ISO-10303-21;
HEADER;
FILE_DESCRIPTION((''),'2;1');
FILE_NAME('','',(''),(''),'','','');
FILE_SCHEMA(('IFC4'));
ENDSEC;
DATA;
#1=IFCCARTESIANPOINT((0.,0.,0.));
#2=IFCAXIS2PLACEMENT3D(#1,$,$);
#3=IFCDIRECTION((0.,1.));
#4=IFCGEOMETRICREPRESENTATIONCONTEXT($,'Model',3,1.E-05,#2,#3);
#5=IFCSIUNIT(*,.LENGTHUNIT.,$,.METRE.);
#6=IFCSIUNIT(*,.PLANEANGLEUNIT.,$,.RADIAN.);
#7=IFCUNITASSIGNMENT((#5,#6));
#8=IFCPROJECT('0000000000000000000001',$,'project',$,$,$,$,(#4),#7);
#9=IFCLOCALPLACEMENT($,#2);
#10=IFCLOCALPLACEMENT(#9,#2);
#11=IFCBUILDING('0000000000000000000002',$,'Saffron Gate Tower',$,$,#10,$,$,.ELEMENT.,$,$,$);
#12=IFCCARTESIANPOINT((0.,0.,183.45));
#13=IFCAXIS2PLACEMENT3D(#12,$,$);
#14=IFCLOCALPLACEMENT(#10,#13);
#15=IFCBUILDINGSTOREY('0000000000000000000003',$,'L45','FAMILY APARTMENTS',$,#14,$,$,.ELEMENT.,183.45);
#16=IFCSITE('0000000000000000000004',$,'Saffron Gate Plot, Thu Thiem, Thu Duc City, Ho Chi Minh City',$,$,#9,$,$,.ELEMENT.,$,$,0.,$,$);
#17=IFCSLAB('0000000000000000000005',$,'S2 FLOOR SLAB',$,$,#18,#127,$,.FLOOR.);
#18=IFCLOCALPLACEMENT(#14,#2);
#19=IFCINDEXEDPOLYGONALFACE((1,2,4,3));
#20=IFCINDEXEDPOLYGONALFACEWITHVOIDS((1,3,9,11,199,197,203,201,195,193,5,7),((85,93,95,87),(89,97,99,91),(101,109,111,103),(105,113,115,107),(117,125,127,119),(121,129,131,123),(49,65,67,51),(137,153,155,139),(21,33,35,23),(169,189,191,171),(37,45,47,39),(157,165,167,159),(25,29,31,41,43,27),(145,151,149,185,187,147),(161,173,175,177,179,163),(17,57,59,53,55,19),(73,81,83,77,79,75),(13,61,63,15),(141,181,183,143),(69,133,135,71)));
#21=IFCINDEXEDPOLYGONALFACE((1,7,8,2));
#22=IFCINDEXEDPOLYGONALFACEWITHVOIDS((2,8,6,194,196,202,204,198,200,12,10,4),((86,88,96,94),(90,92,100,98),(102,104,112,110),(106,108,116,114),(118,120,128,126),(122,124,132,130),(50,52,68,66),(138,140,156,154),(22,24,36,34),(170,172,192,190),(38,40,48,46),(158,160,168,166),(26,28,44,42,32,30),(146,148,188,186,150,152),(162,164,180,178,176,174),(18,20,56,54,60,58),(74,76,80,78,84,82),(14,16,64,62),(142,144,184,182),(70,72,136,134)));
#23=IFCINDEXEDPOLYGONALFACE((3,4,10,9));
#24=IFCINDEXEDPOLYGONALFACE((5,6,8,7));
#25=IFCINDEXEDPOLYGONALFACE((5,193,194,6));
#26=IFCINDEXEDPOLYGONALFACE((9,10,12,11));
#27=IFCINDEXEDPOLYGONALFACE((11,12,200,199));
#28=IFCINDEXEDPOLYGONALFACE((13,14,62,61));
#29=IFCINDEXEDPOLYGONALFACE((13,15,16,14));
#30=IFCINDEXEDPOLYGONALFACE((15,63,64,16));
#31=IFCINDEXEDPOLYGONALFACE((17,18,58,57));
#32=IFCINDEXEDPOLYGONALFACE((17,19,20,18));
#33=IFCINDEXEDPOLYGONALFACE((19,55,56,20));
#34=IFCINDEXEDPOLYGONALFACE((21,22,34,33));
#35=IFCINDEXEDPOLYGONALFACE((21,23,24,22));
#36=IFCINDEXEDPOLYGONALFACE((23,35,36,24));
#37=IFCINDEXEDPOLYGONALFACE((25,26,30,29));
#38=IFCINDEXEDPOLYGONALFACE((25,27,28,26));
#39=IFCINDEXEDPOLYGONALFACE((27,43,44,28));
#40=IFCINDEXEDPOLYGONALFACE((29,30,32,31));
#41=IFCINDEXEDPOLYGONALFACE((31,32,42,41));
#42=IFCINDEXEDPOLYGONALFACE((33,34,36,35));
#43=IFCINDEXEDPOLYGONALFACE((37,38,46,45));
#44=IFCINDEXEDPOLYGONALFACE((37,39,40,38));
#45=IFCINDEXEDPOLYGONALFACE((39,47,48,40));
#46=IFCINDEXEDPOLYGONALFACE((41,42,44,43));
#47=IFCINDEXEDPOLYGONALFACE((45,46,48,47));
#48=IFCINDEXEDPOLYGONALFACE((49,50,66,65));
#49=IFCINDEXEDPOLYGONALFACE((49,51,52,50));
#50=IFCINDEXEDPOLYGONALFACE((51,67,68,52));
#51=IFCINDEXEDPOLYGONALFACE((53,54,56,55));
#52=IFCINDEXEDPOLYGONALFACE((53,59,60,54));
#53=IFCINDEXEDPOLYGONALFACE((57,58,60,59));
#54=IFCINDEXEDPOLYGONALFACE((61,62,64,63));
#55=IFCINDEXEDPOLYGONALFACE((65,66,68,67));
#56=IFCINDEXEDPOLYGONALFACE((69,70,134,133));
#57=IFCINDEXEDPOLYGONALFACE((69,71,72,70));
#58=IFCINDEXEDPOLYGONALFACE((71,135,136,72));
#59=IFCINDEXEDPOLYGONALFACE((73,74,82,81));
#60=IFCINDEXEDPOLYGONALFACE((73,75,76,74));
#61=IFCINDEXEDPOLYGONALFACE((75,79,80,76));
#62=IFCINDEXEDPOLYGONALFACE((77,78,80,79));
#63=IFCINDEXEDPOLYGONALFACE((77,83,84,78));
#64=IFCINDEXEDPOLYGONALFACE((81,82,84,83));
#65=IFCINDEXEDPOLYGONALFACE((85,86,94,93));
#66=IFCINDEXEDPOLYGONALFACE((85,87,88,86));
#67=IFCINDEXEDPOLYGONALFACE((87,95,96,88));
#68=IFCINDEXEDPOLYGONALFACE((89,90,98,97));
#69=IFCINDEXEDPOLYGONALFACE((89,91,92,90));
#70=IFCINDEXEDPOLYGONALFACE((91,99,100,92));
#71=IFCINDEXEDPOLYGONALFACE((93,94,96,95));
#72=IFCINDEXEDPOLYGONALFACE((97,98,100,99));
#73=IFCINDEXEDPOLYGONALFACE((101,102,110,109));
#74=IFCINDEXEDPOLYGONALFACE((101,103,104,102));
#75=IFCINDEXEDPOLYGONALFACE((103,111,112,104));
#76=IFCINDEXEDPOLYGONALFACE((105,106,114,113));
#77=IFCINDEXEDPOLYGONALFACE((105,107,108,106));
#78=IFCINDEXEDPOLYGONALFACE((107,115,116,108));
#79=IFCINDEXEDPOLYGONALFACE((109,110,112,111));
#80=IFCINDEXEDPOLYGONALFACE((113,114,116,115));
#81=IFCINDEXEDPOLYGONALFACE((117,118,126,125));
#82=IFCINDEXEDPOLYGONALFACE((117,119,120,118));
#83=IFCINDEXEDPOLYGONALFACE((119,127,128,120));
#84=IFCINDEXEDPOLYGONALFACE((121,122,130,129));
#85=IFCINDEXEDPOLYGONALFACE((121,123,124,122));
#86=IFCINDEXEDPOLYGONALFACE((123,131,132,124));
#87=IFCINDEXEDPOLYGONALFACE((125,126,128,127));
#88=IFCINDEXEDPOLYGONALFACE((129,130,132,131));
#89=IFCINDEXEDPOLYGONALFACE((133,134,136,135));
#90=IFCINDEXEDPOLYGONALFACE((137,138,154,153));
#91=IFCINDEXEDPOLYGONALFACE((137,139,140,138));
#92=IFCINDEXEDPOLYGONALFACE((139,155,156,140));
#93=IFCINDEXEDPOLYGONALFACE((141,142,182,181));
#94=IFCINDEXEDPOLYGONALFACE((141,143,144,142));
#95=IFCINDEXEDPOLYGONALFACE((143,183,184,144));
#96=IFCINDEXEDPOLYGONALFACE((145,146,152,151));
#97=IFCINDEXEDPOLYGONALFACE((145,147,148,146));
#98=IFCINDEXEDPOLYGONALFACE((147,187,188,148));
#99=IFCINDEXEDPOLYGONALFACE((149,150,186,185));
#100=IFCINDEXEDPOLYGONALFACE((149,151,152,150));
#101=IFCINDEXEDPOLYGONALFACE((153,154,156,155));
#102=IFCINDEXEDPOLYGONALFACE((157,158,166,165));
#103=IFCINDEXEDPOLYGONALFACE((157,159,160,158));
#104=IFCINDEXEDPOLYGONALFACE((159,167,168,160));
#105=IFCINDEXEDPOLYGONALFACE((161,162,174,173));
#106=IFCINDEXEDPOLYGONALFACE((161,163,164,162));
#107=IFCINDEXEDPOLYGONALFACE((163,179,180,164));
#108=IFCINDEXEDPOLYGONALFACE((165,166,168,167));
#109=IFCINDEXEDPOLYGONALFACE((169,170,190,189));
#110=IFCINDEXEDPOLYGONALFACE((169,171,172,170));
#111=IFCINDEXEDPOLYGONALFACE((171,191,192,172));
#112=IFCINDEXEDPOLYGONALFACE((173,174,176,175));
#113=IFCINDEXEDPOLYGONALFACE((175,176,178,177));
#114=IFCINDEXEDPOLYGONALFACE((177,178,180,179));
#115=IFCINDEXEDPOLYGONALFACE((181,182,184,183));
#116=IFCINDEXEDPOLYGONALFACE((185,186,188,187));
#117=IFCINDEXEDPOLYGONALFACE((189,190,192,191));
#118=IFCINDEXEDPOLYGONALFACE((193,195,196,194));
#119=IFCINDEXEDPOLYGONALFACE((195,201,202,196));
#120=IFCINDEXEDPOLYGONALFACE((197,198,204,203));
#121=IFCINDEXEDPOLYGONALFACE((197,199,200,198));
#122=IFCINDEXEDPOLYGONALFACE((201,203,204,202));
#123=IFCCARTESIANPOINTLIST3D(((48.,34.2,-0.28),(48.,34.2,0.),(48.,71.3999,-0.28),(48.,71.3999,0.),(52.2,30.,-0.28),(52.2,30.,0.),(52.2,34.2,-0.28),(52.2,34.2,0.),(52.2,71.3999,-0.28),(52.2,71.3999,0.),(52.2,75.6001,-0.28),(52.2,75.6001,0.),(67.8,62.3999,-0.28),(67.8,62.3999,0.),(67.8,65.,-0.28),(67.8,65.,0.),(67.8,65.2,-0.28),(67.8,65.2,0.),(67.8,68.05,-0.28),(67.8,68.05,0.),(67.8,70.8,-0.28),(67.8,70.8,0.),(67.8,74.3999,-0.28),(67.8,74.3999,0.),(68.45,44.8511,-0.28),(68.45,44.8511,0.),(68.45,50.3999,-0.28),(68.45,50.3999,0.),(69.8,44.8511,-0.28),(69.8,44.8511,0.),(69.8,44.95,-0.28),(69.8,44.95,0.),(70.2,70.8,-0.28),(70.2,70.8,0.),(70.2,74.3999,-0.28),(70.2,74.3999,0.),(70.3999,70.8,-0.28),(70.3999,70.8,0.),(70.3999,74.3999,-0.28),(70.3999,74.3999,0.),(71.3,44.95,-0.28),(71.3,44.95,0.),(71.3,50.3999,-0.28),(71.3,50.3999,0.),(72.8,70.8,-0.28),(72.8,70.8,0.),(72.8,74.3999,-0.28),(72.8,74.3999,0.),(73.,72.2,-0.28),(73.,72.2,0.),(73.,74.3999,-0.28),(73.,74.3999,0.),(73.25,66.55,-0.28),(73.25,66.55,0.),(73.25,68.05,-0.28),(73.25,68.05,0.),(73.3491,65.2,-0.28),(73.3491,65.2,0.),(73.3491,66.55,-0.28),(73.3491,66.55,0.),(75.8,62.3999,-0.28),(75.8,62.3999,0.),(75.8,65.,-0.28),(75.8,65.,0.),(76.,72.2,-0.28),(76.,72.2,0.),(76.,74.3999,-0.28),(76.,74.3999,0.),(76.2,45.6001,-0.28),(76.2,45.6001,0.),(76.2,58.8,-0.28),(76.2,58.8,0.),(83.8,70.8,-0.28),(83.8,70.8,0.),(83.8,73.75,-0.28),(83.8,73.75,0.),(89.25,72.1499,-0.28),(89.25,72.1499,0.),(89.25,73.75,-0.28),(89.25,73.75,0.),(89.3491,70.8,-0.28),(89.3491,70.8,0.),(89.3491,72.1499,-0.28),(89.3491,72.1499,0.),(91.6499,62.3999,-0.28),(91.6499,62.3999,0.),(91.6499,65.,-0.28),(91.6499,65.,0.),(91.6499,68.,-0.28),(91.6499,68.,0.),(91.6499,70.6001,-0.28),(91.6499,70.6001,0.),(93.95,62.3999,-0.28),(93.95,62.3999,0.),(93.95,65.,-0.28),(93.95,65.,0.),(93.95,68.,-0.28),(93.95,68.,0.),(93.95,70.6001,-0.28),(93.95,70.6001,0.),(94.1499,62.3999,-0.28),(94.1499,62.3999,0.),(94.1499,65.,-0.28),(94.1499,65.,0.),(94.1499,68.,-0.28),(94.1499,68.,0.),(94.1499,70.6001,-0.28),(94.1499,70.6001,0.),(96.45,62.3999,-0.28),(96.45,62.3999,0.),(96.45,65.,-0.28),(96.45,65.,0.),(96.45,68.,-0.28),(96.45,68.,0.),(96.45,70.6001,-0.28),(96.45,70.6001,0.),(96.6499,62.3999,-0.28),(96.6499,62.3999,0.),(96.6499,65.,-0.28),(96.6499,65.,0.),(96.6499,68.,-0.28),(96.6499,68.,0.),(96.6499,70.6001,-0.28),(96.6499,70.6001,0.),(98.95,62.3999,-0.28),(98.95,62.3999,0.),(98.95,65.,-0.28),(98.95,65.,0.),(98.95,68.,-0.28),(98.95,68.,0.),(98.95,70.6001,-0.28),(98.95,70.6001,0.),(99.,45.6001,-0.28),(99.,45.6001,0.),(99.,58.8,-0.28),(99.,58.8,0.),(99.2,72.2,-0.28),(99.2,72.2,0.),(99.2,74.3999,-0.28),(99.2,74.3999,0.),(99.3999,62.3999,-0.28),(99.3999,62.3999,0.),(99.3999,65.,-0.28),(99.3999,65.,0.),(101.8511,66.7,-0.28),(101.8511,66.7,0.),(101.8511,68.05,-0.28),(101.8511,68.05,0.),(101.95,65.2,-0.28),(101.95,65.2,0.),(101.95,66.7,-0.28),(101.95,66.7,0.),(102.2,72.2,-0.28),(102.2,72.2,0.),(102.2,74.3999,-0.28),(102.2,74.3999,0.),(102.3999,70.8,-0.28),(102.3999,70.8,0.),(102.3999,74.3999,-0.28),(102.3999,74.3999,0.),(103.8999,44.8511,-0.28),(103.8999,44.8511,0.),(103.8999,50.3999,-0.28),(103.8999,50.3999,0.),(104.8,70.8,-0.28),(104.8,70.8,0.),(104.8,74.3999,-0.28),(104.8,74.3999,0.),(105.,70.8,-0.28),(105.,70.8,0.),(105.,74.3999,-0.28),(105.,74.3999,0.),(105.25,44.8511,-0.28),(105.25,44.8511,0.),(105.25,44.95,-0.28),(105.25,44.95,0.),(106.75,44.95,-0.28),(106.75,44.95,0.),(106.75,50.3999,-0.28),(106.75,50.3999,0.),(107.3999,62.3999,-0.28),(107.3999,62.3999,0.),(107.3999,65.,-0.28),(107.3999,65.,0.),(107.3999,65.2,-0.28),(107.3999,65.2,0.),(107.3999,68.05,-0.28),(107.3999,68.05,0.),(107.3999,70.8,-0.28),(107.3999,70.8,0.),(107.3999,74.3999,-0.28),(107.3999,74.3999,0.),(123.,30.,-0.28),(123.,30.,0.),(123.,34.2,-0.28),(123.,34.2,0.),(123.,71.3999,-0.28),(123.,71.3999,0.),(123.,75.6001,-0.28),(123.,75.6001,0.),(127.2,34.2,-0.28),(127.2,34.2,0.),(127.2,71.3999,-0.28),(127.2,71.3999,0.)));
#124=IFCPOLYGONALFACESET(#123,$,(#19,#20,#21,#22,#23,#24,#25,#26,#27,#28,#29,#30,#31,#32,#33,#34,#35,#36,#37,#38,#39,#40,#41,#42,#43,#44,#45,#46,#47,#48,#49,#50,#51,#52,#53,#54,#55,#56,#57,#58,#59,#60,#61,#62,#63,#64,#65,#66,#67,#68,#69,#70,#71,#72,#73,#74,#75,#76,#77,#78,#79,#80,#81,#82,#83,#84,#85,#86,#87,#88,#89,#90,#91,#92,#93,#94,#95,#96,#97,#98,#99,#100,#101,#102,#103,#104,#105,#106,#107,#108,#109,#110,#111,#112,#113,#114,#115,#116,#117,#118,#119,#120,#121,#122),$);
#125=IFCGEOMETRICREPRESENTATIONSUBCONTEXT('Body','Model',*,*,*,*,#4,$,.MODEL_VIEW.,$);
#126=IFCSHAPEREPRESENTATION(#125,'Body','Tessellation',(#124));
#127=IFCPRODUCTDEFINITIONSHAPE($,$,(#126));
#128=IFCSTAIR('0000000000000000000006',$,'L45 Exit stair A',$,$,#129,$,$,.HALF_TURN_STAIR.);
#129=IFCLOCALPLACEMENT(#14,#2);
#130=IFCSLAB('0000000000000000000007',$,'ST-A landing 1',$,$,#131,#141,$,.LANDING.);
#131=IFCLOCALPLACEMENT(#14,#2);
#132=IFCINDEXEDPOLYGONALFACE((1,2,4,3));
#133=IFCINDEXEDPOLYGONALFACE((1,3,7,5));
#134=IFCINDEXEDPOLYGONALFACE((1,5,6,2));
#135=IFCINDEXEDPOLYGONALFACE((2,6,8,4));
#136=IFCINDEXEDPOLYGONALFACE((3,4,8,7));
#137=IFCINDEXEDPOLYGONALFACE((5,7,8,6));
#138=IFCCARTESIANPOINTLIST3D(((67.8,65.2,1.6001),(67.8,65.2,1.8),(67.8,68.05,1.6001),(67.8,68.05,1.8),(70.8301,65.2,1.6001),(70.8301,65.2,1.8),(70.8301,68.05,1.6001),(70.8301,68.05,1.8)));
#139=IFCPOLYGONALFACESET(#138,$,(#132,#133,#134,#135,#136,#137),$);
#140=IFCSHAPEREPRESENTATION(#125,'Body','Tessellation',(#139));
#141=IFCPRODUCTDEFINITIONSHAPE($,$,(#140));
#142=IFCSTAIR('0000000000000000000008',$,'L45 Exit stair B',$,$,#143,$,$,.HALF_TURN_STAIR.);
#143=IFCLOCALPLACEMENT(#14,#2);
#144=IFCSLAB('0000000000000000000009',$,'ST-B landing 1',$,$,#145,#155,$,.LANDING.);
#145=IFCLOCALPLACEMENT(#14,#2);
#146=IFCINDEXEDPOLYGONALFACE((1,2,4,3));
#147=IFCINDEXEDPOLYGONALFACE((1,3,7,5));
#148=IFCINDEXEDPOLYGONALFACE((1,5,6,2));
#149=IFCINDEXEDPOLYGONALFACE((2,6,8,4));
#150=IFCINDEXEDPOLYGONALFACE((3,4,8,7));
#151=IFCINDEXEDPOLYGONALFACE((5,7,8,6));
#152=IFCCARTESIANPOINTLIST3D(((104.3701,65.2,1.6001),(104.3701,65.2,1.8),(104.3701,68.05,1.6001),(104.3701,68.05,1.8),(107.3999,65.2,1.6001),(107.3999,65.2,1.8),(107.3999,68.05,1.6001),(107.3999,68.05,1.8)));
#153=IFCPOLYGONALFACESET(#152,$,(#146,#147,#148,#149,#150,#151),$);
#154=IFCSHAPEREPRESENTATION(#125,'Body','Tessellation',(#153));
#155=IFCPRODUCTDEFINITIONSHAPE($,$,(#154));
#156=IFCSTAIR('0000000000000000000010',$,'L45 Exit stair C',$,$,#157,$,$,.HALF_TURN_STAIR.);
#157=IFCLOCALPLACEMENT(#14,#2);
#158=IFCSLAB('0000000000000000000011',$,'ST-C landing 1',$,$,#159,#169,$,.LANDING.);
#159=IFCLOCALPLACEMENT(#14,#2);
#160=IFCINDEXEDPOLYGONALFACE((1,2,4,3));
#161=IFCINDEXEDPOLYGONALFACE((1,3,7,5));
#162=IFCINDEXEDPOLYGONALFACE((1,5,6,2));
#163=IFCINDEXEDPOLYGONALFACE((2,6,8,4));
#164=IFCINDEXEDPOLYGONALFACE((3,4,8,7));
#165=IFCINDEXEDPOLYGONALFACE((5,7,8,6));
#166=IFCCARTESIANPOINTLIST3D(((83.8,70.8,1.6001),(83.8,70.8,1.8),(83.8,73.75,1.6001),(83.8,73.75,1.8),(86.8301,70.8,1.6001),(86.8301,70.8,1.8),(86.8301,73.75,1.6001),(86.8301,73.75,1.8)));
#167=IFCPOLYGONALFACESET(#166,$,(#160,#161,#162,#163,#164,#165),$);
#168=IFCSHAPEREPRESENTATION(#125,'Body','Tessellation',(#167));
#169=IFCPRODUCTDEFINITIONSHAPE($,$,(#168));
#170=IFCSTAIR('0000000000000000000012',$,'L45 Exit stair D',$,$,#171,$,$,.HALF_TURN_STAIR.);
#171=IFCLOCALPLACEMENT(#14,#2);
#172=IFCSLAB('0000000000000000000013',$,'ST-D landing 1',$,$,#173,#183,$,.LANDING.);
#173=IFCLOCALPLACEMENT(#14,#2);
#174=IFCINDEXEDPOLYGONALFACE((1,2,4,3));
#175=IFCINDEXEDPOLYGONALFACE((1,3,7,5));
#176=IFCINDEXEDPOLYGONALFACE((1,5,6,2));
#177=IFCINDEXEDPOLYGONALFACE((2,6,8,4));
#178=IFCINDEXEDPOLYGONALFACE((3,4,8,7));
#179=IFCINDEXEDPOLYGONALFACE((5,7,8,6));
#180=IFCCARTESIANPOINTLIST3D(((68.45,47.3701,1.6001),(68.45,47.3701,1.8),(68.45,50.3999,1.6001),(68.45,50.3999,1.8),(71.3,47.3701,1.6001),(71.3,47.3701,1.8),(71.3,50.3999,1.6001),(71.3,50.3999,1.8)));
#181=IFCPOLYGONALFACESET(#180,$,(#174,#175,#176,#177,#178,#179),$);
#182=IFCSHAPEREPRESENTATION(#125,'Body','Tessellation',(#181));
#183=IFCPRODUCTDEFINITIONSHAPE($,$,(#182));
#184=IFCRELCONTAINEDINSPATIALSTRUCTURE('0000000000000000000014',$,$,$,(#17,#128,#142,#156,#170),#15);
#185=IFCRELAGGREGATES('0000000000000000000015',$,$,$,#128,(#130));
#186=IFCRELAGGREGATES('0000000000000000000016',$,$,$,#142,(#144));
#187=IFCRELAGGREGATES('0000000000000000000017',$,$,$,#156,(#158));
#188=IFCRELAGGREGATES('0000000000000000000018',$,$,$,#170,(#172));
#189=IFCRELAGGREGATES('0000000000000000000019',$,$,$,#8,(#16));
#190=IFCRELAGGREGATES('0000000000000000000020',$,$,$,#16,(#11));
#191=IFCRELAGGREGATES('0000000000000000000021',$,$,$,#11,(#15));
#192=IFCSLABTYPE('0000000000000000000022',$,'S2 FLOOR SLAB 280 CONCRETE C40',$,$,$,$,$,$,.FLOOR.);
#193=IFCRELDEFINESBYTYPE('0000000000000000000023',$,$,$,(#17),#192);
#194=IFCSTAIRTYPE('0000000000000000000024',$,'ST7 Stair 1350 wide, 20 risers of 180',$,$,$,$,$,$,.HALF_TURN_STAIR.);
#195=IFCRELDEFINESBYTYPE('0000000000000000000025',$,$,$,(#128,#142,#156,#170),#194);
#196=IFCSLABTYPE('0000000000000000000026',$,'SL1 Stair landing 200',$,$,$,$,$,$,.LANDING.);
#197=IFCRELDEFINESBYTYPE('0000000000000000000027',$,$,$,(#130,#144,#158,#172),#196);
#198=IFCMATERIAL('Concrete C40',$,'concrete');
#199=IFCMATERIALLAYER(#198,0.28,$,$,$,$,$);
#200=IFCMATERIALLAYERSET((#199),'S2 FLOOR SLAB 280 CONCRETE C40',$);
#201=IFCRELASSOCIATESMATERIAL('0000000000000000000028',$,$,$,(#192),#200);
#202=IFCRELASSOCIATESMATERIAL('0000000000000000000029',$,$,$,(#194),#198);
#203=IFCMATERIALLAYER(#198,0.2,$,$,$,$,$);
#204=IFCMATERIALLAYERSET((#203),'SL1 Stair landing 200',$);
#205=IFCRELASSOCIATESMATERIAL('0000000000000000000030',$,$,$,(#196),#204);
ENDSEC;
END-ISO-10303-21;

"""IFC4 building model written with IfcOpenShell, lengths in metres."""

from ifc_helpers import new_model, si_unit, direction, frame, origin, place, context, subcontext, project, spatial, polyline, outline, extrude, material, layer, layer_set, type_object, element, aggregate, save


model = new_model("IFC4")

# Units and contexts
model_context = context("Model", 3, precision=1e-05, world=origin(), true_north=direction((0.0, 1.0)))
body_context = subcontext(model_context, "Body", "Model", "MODEL_VIEW")
ifc_project = project(units=[si_unit("LENGTHUNIT", "METRE"), si_unit("PLANEANGLEUNIT", "RADIAN")], contexts=[model_context])

# Site, building, storey
site_placement = place(None, origin())
site = spatial("IfcSite", under=ifc_project, at=site_placement, Name="Saffron Gate Plot, Thu Thiem, Thu Duc City, Ho Chi Minh City", CompositionType="ELEMENT", RefElevation=0.0)
building_placement = place(site_placement, origin())
building = spatial("IfcBuilding", under=site, at=building_placement, Name="Saffron Gate Tower", CompositionType="ELEMENT")
storey_placement = place(building_placement, frame((0.0, 0.0, 183.45)))
storey = spatial("IfcBuildingStorey", under=building, at=storey_placement, Name="L45", Description="FAMILY APARTMENTS", CompositionType="ELEMENT", Elevation=183.45)

# Slab
ifc_material_1 = material(Name="Concrete C40", Category="concrete")
ifc_layer_1 = layer(ifc_material_1, 0.28)
ifc_layer_set_1 = layer_set([ifc_layer_1], Name="S2 FLOOR SLAB 280 CONCRETE C40")
slab_type_1 = type_object("IfcSlabType", Name="S2 FLOOR SLAB 280 CONCRETE C40", PredefinedType="FLOOR", material=ifc_layer_set_1)
slab_1_placement = place(storey_placement, frame((0.0, 0.0, -0.28)))
element("IfcSlab", 1, at=slab_1_placement, inside=storey, type_object=slab_type_1, Name="S2 FLOOR SLAB", PredefinedType="FLOOR", context=body_context, shape_type="SweptSolid", body=[
    extrude(outline(polyline([(48.0, 34.2), (52.2, 34.2), (52.2, 30.0), (123.0, 30.0), (123.0, 34.2), (127.2, 34.2), (127.2, 71.3999), (123.0, 71.3999), (123.0, 75.6001), (52.2, 75.6001), (52.2, 71.3999), (48.0, 71.3999), (48.0, 34.2)]), holes=[polyline([(67.8, 62.3999), (67.8, 65.0), (75.8, 65.0), (75.8, 62.3999), (67.8, 62.3999)]), polyline([(67.8, 65.2), (67.8, 68.05), (73.25, 68.05), (73.25, 66.55), (73.3491, 66.55), (73.3491, 65.2), (67.8, 65.2)]), polyline([(67.8, 70.8), (67.8, 74.3999), (70.2, 74.3999), (70.2, 70.8), (67.8, 70.8)]), polyline([(68.45, 44.8511), (68.45, 50.3999), (71.3, 50.3999), (71.3, 44.95), (69.8, 44.95), (69.8, 44.8511), (68.45, 44.8511)]), polyline([(70.3999, 70.8), (70.3999, 74.3999), (72.8, 74.3999), (72.8, 70.8), (70.3999, 70.8)]), polyline([(73.0, 72.2), (73.0, 74.3999), (76.0, 74.3999), (76.0, 72.2), (73.0, 72.2)]), polyline([(76.2, 45.6001), (76.2, 58.8), (99.0, 58.8), (99.0, 45.6001), (76.2, 45.6001)]), polyline([(83.8, 70.8), (83.8, 73.75), (89.25, 73.75), (89.25, 72.1499), (89.3491, 72.1499), (89.3491, 70.8), (83.8, 70.8)]), polyline([(91.6499, 62.3999), (91.6499, 65.0), (93.95, 65.0), (93.95, 62.3999), (91.6499, 62.3999)]), polyline([(91.6499, 68.0), (91.6499, 70.6001), (93.95, 70.6001), (93.95, 68.0), (91.6499, 68.0)]), polyline([(94.1499, 62.3999), (94.1499, 65.0), (96.45, 65.0), (96.45, 62.3999), (94.1499, 62.3999)]), polyline([(94.1499, 68.0), (94.1499, 70.6001), (96.45, 70.6001), (96.45, 68.0), (94.1499, 68.0)]), polyline([(96.6499, 62.3999), (96.6499, 65.0), (98.95, 65.0), (98.95, 62.3999), (96.6499, 62.3999)]), polyline([(96.6499, 68.0), (96.6499, 70.6001), (98.95, 70.6001), (98.95, 68.0), (96.6499, 68.0)]), polyline([(99.2, 72.2), (99.2, 74.3999), (102.2, 74.3999), (102.2, 72.2), (99.2, 72.2)]), polyline([(99.3999, 62.3999), (99.3999, 65.0), (107.3999, 65.0), (107.3999, 62.3999), (99.3999, 62.3999)]), polyline([(101.8511, 66.7), (101.8511, 68.05), (107.3999, 68.05), (107.3999, 65.2), (101.95, 65.2), (101.95, 66.7), (101.8511, 66.7)]), polyline([(102.3999, 70.8), (102.3999, 74.3999), (104.8, 74.3999), (104.8, 70.8), (102.3999, 70.8)]), polyline([(103.8999, 44.8511), (103.8999, 50.3999), (106.75, 50.3999), (106.75, 44.95), (105.25, 44.95), (105.25, 44.8511), (103.8999, 44.8511)]), polyline([(105.0, 70.8), (105.0, 74.3999), (107.3999, 74.3999), (107.3999, 70.8), (105.0, 70.8)])]), origin(), (0.0, 0.0, 1.0), 0.28),
])

# Stairs, slabs
stair_type = type_object("IfcStairType", Name="ST7 Stair 1350 wide, 20 risers of 180", PredefinedType="HALF_TURN_STAIR", material=ifc_material_1)
stair_1_placement = place(storey_placement, origin())
stair_1 = element("IfcStair", 2, at=stair_1_placement, inside=storey, type_object=stair_type, Name="L45 Exit stair A", PredefinedType="HALF_TURN_STAIR")
ifc_layer_2 = layer(ifc_material_1, 0.2)
ifc_layer_set_2 = layer_set([ifc_layer_2], Name="SL1 Stair landing 200")
slab_type_2 = type_object("IfcSlabType", Name="SL1 Stair landing 200", PredefinedType="LANDING", material=ifc_layer_set_2)
slab_2_placement = place(storey_placement, frame((0.0, 0.0, 1.6001)))
slab_2 = element("IfcSlab", 3, at=slab_2_placement, type_object=slab_type_2, Name="ST-A landing 1", PredefinedType="LANDING", context=body_context, shape_type="SweptSolid", body=[
    extrude(outline(polyline([(70.8301, 68.05), (67.8, 68.05), (67.8, 65.2), (70.8301, 65.2), (70.8301, 68.05)])), origin(), (0.0, 0.0, 1.0), 0.2),
])
aggregate(stair_1, [slab_2])
stair_2_placement = place(storey_placement, origin())
stair_2 = element("IfcStair", 4, at=stair_2_placement, inside=storey, type_object=stair_type, Name="L45 Exit stair B", PredefinedType="HALF_TURN_STAIR")
slab_3_placement = place(storey_placement, frame((0.0, 0.0, 1.6001)))
slab_3 = element("IfcSlab", 5, at=slab_3_placement, type_object=slab_type_2, Name="ST-B landing 1", PredefinedType="LANDING", context=body_context, shape_type="SweptSolid", body=[
    extrude(outline(polyline([(104.3701, 65.2), (107.3999, 65.2), (107.3999, 68.05), (104.3701, 68.05), (104.3701, 65.2)])), origin(), (0.0, 0.0, 1.0), 0.2),
])
aggregate(stair_2, [slab_3])
stair_3_placement = place(storey_placement, origin())
stair_3 = element("IfcStair", 6, at=stair_3_placement, inside=storey, type_object=stair_type, Name="L45 Exit stair C", PredefinedType="HALF_TURN_STAIR")
slab_4_placement = place(storey_placement, frame((0.0, 0.0, 1.6001)))
slab_4 = element("IfcSlab", 7, at=slab_4_placement, type_object=slab_type_2, Name="ST-C landing 1", PredefinedType="LANDING", context=body_context, shape_type="SweptSolid", body=[
    extrude(outline(polyline([(86.8301, 73.75), (83.8, 73.75), (83.8, 70.8), (86.8301, 70.8), (86.8301, 73.75)])), origin(), (0.0, 0.0, 1.0), 0.2),
])
aggregate(stair_3, [slab_4])
stair_4_placement = place(storey_placement, origin())
stair_4 = element("IfcStair", 8, at=stair_4_placement, inside=storey, type_object=stair_type, Name="L45 Exit stair D", PredefinedType="HALF_TURN_STAIR")
slab_5_placement = place(storey_placement, frame((0.0, 0.0, 1.6001)))
slab_5 = element("IfcSlab", 9, at=slab_5_placement, type_object=slab_type_2, Name="ST-D landing 1", PredefinedType="LANDING", context=body_context, shape_type="SweptSolid", body=[
    extrude(outline(polyline([(71.3, 47.3701), (71.3, 50.3999), (68.45, 50.3999), (68.45, 47.3701), (71.3, 47.3701)])), origin(), (0.0, 0.0, 1.0), 0.2),
])
aggregate(stair_4, [slab_5])

save(model, "model.ifc")
